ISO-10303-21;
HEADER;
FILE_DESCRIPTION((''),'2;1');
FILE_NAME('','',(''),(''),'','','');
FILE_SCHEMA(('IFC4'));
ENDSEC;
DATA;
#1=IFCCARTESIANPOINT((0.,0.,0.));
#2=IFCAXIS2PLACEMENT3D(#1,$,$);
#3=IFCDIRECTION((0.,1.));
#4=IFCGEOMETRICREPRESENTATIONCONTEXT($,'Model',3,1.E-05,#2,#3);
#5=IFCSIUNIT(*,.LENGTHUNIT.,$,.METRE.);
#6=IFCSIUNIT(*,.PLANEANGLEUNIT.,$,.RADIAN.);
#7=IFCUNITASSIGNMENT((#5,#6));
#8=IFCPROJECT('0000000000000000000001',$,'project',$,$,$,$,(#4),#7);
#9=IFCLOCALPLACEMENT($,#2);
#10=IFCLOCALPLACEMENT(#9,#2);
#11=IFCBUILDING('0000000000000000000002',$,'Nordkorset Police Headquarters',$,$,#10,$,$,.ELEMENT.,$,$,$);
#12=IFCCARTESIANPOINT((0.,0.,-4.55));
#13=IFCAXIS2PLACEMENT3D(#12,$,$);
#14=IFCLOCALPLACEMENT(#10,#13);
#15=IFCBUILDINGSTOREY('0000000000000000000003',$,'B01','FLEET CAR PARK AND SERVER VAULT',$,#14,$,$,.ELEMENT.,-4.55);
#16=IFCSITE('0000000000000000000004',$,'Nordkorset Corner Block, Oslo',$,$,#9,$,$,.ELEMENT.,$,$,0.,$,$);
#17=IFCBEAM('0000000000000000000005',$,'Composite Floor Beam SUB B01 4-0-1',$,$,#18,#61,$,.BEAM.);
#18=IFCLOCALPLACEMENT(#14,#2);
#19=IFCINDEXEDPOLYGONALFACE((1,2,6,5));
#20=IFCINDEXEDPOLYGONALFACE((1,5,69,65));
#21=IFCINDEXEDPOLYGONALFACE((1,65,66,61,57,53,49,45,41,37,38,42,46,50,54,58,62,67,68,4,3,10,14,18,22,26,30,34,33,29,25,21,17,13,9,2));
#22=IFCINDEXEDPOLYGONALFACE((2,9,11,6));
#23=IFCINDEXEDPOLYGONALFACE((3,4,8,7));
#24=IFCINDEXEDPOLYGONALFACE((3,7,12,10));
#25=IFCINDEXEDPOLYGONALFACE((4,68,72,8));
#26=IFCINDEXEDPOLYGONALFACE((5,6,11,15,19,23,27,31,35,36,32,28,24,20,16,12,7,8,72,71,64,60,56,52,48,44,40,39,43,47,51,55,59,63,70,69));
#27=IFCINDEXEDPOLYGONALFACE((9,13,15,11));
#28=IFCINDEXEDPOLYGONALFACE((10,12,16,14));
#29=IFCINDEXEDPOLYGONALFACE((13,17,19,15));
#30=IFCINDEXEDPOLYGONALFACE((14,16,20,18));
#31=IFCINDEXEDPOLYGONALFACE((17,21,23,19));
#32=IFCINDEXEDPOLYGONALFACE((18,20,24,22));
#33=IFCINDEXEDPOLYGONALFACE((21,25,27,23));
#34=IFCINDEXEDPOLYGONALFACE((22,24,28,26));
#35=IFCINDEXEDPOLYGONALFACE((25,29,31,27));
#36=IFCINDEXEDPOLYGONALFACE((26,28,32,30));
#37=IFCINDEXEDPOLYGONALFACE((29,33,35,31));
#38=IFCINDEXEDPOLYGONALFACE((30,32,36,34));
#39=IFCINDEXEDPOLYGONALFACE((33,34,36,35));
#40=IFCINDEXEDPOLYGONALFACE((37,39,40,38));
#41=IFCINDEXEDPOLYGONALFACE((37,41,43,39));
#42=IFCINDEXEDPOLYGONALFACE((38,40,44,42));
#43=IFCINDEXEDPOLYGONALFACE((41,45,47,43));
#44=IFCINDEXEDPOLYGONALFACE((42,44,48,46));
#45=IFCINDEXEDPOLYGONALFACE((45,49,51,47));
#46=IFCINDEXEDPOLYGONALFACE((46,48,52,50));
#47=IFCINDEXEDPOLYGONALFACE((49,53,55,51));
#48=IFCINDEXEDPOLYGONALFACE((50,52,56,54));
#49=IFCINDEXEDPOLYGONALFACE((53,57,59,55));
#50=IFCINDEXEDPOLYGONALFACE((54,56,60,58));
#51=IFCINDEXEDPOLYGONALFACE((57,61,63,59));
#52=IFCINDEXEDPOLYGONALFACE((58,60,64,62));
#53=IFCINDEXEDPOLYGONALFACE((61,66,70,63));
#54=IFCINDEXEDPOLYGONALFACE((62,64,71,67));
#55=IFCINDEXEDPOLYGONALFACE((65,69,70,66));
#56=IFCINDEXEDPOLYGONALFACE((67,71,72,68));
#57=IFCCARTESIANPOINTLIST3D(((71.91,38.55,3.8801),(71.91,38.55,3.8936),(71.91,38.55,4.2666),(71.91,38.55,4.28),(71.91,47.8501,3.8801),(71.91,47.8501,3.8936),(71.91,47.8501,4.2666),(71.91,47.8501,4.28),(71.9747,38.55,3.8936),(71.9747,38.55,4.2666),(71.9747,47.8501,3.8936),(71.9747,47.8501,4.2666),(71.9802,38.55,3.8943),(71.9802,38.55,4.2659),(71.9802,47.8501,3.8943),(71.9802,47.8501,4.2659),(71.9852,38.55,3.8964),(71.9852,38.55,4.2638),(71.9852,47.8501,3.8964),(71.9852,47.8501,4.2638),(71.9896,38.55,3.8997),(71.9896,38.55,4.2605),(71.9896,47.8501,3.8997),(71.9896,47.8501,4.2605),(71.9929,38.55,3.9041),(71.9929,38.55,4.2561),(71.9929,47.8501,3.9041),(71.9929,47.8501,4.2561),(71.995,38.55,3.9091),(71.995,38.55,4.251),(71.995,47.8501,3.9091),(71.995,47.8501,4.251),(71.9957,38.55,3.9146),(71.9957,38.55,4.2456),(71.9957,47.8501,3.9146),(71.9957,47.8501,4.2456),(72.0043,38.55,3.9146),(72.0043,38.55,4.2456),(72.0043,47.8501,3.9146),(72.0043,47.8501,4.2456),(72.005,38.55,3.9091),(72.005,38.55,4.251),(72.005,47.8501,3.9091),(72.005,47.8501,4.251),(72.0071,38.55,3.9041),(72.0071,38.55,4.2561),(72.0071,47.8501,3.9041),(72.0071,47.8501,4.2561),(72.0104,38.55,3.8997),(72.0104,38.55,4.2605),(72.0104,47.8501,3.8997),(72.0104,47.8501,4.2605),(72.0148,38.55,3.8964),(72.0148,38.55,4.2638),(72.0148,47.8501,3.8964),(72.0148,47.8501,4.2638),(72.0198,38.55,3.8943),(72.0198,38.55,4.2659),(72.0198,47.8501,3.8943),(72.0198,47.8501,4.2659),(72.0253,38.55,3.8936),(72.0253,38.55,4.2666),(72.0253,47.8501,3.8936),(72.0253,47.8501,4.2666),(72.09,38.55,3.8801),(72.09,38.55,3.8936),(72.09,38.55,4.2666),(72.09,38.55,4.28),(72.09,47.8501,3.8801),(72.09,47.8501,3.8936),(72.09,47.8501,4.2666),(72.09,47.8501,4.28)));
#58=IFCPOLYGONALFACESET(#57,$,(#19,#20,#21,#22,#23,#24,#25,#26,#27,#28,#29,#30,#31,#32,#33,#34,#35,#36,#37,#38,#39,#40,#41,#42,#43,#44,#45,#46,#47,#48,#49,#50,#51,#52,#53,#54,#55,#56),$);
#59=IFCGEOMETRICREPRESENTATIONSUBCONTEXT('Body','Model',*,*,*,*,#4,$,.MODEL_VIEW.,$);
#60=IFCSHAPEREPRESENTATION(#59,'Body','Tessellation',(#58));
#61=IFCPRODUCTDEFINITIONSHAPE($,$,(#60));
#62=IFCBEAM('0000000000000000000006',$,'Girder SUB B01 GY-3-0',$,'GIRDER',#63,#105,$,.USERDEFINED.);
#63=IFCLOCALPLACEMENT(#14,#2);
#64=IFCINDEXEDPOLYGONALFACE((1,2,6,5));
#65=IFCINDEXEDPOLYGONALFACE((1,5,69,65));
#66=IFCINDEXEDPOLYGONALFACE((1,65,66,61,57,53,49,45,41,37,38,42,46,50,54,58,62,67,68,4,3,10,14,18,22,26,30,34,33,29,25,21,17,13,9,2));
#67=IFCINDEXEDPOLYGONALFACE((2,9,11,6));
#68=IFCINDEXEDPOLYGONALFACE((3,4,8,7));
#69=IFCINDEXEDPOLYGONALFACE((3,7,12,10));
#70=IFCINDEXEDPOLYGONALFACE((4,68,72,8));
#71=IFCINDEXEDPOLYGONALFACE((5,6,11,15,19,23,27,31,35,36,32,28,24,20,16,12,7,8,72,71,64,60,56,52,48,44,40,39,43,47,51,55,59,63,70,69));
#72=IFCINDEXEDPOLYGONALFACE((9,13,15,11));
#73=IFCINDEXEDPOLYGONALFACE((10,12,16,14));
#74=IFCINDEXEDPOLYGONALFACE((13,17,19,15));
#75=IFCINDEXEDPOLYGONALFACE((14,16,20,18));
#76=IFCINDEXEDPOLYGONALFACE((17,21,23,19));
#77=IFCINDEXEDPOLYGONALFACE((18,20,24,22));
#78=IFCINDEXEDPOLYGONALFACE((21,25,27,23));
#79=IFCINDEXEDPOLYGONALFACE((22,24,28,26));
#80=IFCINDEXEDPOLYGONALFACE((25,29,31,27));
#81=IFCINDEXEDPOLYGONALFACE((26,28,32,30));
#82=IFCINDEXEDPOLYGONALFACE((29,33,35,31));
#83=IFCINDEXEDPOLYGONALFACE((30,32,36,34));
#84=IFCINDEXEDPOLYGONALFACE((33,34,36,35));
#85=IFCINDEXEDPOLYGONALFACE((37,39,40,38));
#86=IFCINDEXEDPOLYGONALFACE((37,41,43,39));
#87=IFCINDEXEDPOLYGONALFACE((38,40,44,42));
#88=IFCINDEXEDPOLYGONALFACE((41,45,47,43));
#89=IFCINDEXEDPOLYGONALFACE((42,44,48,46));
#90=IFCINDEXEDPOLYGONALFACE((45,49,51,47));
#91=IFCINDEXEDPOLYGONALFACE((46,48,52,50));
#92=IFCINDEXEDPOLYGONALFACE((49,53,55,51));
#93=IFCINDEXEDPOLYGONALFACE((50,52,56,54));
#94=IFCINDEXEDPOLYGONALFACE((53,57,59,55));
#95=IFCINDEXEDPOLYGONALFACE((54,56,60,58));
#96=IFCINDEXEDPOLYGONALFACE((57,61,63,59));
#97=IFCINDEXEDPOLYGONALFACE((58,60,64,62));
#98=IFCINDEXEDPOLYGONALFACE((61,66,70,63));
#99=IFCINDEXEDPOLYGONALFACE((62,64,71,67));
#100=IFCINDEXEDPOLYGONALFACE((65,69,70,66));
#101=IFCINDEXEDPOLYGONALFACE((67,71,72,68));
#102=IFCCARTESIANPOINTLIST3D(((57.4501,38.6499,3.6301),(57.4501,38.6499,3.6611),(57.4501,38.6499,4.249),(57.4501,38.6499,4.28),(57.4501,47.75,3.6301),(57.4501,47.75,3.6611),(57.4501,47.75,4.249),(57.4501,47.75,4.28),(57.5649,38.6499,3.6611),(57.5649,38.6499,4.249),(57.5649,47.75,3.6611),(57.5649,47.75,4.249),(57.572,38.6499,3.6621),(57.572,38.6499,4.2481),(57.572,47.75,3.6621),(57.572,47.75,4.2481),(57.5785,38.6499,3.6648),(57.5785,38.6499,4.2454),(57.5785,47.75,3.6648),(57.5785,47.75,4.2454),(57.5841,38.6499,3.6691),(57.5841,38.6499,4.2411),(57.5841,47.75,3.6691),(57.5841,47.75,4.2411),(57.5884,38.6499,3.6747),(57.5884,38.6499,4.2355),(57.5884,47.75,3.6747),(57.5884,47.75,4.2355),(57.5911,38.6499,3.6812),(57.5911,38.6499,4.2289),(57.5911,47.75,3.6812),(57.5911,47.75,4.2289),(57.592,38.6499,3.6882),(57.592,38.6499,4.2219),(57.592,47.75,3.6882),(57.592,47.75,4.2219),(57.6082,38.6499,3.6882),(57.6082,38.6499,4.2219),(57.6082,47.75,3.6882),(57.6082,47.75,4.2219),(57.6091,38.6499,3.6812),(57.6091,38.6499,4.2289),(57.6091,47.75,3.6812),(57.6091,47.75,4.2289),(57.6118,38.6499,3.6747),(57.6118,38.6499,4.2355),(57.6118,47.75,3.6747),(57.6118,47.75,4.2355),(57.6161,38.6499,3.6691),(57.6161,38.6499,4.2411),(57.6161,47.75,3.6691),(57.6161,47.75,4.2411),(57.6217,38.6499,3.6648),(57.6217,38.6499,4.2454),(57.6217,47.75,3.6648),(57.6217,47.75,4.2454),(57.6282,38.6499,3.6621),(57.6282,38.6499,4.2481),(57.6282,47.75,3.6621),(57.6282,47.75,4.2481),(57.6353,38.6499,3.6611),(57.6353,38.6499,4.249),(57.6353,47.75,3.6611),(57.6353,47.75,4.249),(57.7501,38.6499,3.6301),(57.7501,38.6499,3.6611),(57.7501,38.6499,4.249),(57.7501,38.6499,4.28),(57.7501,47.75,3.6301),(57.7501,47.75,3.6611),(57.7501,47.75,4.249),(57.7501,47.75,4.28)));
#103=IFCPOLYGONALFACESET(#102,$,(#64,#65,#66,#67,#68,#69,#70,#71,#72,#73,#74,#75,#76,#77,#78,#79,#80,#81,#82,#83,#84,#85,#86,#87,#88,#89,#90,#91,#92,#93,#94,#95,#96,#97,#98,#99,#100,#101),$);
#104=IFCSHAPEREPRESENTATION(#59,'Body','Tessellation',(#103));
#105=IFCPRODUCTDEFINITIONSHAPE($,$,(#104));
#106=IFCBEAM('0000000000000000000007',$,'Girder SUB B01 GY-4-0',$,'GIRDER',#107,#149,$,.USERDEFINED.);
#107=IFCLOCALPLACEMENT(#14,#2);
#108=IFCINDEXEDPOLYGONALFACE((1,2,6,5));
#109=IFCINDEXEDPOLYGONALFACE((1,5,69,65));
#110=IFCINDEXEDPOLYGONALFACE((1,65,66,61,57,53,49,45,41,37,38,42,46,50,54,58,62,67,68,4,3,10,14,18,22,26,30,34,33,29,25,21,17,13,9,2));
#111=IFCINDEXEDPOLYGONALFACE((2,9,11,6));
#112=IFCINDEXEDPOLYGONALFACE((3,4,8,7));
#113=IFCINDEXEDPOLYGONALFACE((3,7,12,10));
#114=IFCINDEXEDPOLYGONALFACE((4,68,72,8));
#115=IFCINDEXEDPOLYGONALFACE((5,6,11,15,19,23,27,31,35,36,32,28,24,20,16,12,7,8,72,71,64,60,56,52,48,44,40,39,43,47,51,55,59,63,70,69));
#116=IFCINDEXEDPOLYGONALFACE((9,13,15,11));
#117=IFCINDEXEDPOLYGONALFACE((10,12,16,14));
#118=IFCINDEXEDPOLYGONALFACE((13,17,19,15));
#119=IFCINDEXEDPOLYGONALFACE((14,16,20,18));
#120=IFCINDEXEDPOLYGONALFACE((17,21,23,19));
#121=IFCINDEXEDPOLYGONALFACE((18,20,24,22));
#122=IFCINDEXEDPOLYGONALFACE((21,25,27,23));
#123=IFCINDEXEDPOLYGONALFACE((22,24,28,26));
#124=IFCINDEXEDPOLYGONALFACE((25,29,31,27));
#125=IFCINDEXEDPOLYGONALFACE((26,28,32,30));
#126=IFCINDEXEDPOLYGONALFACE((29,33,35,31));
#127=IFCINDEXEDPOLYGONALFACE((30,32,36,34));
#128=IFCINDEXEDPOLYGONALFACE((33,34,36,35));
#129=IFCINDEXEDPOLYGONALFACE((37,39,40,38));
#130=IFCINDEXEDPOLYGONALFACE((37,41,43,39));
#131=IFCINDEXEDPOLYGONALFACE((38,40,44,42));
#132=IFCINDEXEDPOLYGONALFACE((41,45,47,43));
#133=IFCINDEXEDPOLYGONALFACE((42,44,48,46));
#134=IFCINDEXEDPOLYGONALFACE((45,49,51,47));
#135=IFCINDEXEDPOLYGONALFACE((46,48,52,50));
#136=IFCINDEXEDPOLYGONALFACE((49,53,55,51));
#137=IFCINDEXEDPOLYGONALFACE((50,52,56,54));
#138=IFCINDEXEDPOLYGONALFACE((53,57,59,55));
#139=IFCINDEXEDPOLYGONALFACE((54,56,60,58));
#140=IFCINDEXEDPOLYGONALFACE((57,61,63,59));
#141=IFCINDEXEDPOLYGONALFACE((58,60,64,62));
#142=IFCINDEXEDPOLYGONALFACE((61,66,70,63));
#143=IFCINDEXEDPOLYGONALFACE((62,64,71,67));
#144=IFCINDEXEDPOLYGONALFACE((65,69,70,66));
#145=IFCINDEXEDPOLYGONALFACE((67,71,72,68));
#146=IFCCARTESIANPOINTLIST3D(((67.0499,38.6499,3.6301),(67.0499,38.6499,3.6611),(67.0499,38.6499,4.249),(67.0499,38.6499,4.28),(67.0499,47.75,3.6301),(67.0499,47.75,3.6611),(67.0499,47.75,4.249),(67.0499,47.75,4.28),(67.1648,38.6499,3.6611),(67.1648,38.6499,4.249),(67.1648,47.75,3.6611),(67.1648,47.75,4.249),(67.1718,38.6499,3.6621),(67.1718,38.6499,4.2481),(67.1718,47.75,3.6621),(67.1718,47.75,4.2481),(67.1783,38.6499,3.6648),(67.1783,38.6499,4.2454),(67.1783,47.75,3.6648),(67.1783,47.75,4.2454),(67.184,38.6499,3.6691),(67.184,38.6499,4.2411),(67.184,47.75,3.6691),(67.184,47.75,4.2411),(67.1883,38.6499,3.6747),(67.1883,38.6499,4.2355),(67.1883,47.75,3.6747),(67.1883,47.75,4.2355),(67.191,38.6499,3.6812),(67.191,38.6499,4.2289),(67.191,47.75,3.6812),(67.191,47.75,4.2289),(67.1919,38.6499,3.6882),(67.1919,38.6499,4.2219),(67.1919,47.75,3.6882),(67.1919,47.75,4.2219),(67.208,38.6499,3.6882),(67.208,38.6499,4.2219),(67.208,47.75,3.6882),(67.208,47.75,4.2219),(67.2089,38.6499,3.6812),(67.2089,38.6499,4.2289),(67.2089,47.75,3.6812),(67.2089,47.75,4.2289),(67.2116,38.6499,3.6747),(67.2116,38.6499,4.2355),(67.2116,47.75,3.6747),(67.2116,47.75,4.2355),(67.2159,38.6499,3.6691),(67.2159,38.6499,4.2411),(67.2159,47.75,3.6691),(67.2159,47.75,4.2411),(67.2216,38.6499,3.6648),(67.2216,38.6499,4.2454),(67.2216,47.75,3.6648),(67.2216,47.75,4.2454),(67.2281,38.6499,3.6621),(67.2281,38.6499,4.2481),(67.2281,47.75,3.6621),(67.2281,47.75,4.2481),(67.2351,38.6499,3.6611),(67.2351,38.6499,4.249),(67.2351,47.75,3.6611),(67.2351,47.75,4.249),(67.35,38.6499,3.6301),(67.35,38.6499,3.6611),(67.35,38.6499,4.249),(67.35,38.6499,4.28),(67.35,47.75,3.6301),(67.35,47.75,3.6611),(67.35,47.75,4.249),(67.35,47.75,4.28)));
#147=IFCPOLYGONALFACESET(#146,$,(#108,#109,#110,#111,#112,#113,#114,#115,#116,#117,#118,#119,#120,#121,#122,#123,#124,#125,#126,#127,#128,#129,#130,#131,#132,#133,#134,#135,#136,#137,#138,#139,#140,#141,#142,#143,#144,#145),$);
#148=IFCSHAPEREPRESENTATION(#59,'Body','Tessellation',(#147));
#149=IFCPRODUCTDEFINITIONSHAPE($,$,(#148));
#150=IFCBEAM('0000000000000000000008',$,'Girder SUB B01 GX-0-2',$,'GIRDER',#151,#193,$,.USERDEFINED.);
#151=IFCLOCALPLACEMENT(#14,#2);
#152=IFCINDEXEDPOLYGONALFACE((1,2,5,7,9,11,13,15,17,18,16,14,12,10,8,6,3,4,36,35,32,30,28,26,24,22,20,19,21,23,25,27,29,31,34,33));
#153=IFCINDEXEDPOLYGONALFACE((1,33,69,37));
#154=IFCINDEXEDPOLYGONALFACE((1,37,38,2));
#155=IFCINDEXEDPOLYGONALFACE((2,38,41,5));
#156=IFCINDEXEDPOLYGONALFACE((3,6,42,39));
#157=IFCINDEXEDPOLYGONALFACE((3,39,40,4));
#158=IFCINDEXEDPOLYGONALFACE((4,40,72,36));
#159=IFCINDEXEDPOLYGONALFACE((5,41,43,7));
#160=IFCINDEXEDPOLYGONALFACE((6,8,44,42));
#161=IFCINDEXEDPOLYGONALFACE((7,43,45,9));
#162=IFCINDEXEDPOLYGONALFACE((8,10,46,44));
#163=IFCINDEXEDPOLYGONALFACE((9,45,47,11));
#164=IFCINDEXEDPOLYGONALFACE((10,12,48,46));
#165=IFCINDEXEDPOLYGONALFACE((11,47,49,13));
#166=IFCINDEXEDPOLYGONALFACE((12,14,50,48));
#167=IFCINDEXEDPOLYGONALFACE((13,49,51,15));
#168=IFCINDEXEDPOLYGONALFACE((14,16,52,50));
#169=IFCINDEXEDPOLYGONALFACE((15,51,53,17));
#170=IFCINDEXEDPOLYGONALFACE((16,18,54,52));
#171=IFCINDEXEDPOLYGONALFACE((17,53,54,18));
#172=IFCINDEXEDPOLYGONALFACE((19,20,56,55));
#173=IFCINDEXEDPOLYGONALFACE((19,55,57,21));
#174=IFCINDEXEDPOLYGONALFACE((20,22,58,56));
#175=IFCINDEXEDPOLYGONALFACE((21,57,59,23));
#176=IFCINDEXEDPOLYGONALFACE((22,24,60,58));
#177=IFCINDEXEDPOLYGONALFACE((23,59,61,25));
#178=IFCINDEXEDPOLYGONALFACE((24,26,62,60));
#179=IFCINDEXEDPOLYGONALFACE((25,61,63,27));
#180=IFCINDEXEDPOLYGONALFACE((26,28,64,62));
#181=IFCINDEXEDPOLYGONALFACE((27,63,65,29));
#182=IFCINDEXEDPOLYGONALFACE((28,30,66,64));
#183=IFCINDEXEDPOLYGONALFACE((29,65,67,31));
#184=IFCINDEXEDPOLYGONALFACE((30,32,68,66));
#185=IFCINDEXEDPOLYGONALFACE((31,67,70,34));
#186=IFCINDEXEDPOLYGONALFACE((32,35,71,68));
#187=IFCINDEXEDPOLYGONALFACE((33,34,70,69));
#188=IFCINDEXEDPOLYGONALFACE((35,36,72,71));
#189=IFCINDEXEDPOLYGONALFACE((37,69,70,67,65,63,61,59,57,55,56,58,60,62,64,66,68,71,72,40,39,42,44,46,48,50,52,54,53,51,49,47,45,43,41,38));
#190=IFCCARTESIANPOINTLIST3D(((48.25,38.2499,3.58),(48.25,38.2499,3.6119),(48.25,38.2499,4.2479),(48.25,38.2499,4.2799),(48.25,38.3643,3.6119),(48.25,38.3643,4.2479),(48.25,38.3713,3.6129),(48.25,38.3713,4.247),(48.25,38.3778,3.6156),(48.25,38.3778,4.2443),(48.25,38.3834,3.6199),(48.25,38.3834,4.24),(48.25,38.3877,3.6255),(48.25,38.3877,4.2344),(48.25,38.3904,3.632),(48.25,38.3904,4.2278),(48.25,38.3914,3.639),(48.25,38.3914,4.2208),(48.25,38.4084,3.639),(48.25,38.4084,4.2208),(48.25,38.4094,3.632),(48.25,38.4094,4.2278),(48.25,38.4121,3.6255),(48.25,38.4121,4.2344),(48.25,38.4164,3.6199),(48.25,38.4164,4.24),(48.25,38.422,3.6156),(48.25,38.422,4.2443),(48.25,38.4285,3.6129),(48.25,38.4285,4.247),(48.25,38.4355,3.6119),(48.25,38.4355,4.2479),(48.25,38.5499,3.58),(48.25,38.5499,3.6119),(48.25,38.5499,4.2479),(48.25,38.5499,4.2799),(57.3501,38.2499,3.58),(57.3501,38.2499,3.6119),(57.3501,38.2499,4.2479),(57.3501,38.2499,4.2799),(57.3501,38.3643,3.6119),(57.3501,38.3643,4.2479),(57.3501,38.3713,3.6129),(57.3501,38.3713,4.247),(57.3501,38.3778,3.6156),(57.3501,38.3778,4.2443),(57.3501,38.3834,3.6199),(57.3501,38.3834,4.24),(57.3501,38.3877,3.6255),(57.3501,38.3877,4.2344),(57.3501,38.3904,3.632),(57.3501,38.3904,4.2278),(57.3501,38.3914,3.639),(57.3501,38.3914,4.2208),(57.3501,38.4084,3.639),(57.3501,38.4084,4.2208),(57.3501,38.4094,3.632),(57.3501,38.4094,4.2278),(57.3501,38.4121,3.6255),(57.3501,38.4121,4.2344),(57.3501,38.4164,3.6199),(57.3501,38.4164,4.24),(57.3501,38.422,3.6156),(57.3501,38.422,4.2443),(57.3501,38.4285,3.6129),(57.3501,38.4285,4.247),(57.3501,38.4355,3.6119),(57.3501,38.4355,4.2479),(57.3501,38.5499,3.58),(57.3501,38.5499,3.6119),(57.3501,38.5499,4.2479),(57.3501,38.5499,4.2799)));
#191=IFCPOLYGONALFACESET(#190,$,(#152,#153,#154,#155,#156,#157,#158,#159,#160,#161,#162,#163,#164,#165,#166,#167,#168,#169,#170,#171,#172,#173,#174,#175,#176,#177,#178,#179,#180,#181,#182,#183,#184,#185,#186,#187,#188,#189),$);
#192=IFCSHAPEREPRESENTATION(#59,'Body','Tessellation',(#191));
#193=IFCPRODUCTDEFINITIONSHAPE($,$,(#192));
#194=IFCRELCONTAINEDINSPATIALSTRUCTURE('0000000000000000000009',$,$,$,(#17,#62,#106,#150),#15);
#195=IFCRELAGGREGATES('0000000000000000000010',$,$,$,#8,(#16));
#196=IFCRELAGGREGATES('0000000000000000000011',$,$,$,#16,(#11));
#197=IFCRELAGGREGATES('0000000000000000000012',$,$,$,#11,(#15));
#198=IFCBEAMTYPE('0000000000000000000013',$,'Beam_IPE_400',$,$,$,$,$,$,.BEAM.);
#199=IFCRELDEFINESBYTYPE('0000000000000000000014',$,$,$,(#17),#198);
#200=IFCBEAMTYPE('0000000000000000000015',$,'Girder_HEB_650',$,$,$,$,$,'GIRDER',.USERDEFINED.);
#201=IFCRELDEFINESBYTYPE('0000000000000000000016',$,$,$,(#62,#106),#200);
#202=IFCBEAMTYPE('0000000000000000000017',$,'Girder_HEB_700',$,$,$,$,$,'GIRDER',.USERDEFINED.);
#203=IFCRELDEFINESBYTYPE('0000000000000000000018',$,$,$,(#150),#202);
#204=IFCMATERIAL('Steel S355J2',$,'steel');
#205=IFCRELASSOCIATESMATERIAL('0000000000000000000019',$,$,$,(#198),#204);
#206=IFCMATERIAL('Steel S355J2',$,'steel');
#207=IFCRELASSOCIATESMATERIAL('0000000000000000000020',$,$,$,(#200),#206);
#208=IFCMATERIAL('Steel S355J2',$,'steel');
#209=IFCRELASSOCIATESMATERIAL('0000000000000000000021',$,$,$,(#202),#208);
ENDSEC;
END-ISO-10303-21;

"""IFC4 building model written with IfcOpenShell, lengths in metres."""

from ifc_helpers import new_model, si_unit, direction, frame, origin, origin_2d, place, context, subcontext, project, spatial, i_section, extrude, material, material_profile, profile_set, type_object, element, save


model = new_model("IFC4")

# Units and contexts
model_context = context("Model", 3, precision=1e-05, world=origin(), true_north=direction((0.0, 1.0)))
body_context = subcontext(model_context, "Body", "Model", "MODEL_VIEW")
ifc_project = project(units=[si_unit("LENGTHUNIT", "METRE"), si_unit("PLANEANGLEUNIT", "RADIAN")], contexts=[model_context])

# Site, building, storey
site_placement = place(None, origin())
site = spatial("IfcSite", under=ifc_project, at=site_placement, Name="Nordkorset Corner Block, Oslo", CompositionType="ELEMENT", RefElevation=0.0)
building_placement = place(site_placement, origin())
building = spatial("IfcBuilding", under=site, at=building_placement, Name="Nordkorset Police Headquarters", CompositionType="ELEMENT")
storey_placement = place(building_placement, frame((0.0, 0.0, -4.55)))
storey = spatial("IfcBuildingStorey", under=building, at=storey_placement, Name="B01", Description="FLEET CAR PARK AND SERVER VAULT", CompositionType="ELEMENT", Elevation=-4.55)

# Beams
ifc_material_1 = material(Name="Steel S355J2", Category="steel")
ifc_material_profile_1 = material_profile(ifc_material_1, i_section(OverallWidth=0.1799, OverallDepth=0.3999, WebThickness=0.0085, FlangeThickness=0.0134, FilletRadius=0.021, at=origin_2d()), Name="IPE 400")
ifc_profile_set_1 = profile_set([ifc_material_profile_1], Name="Steel S355J2")
beam_type_1 = type_object("IfcBeamType", Name="Beam_IPE_400", PredefinedType="BEAM", material=ifc_profile_set_1)
beam_1_placement = place(storey_placement, frame((72.0, 38.55, 4.0801), z_axis=(0.0, 1.0, 0.0), x_axis=(-1.0, 0.0, 0.0)))
element("IfcBeam", 1, at=beam_1_placement, inside=storey, type_object=beam_type_1, Name="Composite Floor Beam SUB B01 4-0-1", PredefinedType="BEAM", context=body_context, shape_type="SweptSolid", body=[
    extrude(i_section(OverallWidth=0.1799, OverallDepth=0.3999, WebThickness=0.0085, FlangeThickness=0.0134, FilletRadius=0.021, at=origin_2d()), origin(), (0.0, 0.0, 1.0), 9.3),
])
ifc_material_2 = material(Name="Steel S355J2", Category="steel")
ifc_material_profile_2 = material_profile(ifc_material_2, i_section(OverallWidth=0.3, OverallDepth=0.6499, WebThickness=0.0161, FlangeThickness=0.031, FilletRadius=0.0271, at=origin_2d()), Name="HEB 650")
ifc_profile_set_2 = profile_set([ifc_material_profile_2], Name="Steel S355J2")
beam_type_2 = type_object("IfcBeamType", Name="Girder_HEB_650", ElementType="GIRDER", PredefinedType="USERDEFINED", material=ifc_profile_set_2)
for number, where, z_axis, x_axis, name in (
    (2, (57.6001, 38.6499, 3.9551), (0.0, 1.0, 0.0), (-1.0, 0.0, 0.0), "Girder SUB B01 GY-3-0"),
    (3, (67.2, 38.6499, 3.9551), (0.0, 1.0, 0.0), (-1.0, 0.0, 0.0), "Girder SUB B01 GY-4-0"),
):
    element("IfcBeam", number, at=place(storey_placement, frame(where, z_axis=z_axis, x_axis=x_axis)), inside=storey, type_object=beam_type_2, Name=name, ObjectType="GIRDER", PredefinedType="USERDEFINED", context=body_context, shape_type="SweptSolid", body=[
        extrude(i_section(OverallWidth=0.3, OverallDepth=0.6499, WebThickness=0.0161, FlangeThickness=0.031, FilletRadius=0.0271, at=origin_2d()), origin(), (0.0, 0.0, 1.0), 9.1001),
    ])
ifc_material_3 = material(Name="Steel S355J2", Category="steel")
ifc_material_profile_3 = material_profile(ifc_material_3, i_section(OverallWidth=0.3, OverallDepth=0.7, WebThickness=0.0171, FlangeThickness=0.032, FilletRadius=0.0271, at=origin_2d()), Name="HEB 700")
ifc_profile_set_3 = profile_set([ifc_material_profile_3], Name="Steel S355J2")
beam_type_3 = type_object("IfcBeamType", Name="Girder_HEB_700", ElementType="GIRDER", PredefinedType="USERDEFINED", material=ifc_profile_set_3)
beam_2_placement = place(storey_placement, frame((48.25, 38.3999, 3.9299), z_axis=(1.0, 0.0, 0.0), x_axis=(0.0, 1.0, 0.0)))
element("IfcBeam", 4, at=beam_2_placement, inside=storey, type_object=beam_type_3, Name="Girder SUB B01 GX-0-2", ObjectType="GIRDER", PredefinedType="USERDEFINED", context=body_context, shape_type="SweptSolid", body=[
    extrude(i_section(OverallWidth=0.3, OverallDepth=0.7, WebThickness=0.0171, FlangeThickness=0.032, FilletRadius=0.0271, at=origin_2d()), origin(), (0.0, 0.0, 1.0), 9.1001),
])

save(model, "model.ifc")
